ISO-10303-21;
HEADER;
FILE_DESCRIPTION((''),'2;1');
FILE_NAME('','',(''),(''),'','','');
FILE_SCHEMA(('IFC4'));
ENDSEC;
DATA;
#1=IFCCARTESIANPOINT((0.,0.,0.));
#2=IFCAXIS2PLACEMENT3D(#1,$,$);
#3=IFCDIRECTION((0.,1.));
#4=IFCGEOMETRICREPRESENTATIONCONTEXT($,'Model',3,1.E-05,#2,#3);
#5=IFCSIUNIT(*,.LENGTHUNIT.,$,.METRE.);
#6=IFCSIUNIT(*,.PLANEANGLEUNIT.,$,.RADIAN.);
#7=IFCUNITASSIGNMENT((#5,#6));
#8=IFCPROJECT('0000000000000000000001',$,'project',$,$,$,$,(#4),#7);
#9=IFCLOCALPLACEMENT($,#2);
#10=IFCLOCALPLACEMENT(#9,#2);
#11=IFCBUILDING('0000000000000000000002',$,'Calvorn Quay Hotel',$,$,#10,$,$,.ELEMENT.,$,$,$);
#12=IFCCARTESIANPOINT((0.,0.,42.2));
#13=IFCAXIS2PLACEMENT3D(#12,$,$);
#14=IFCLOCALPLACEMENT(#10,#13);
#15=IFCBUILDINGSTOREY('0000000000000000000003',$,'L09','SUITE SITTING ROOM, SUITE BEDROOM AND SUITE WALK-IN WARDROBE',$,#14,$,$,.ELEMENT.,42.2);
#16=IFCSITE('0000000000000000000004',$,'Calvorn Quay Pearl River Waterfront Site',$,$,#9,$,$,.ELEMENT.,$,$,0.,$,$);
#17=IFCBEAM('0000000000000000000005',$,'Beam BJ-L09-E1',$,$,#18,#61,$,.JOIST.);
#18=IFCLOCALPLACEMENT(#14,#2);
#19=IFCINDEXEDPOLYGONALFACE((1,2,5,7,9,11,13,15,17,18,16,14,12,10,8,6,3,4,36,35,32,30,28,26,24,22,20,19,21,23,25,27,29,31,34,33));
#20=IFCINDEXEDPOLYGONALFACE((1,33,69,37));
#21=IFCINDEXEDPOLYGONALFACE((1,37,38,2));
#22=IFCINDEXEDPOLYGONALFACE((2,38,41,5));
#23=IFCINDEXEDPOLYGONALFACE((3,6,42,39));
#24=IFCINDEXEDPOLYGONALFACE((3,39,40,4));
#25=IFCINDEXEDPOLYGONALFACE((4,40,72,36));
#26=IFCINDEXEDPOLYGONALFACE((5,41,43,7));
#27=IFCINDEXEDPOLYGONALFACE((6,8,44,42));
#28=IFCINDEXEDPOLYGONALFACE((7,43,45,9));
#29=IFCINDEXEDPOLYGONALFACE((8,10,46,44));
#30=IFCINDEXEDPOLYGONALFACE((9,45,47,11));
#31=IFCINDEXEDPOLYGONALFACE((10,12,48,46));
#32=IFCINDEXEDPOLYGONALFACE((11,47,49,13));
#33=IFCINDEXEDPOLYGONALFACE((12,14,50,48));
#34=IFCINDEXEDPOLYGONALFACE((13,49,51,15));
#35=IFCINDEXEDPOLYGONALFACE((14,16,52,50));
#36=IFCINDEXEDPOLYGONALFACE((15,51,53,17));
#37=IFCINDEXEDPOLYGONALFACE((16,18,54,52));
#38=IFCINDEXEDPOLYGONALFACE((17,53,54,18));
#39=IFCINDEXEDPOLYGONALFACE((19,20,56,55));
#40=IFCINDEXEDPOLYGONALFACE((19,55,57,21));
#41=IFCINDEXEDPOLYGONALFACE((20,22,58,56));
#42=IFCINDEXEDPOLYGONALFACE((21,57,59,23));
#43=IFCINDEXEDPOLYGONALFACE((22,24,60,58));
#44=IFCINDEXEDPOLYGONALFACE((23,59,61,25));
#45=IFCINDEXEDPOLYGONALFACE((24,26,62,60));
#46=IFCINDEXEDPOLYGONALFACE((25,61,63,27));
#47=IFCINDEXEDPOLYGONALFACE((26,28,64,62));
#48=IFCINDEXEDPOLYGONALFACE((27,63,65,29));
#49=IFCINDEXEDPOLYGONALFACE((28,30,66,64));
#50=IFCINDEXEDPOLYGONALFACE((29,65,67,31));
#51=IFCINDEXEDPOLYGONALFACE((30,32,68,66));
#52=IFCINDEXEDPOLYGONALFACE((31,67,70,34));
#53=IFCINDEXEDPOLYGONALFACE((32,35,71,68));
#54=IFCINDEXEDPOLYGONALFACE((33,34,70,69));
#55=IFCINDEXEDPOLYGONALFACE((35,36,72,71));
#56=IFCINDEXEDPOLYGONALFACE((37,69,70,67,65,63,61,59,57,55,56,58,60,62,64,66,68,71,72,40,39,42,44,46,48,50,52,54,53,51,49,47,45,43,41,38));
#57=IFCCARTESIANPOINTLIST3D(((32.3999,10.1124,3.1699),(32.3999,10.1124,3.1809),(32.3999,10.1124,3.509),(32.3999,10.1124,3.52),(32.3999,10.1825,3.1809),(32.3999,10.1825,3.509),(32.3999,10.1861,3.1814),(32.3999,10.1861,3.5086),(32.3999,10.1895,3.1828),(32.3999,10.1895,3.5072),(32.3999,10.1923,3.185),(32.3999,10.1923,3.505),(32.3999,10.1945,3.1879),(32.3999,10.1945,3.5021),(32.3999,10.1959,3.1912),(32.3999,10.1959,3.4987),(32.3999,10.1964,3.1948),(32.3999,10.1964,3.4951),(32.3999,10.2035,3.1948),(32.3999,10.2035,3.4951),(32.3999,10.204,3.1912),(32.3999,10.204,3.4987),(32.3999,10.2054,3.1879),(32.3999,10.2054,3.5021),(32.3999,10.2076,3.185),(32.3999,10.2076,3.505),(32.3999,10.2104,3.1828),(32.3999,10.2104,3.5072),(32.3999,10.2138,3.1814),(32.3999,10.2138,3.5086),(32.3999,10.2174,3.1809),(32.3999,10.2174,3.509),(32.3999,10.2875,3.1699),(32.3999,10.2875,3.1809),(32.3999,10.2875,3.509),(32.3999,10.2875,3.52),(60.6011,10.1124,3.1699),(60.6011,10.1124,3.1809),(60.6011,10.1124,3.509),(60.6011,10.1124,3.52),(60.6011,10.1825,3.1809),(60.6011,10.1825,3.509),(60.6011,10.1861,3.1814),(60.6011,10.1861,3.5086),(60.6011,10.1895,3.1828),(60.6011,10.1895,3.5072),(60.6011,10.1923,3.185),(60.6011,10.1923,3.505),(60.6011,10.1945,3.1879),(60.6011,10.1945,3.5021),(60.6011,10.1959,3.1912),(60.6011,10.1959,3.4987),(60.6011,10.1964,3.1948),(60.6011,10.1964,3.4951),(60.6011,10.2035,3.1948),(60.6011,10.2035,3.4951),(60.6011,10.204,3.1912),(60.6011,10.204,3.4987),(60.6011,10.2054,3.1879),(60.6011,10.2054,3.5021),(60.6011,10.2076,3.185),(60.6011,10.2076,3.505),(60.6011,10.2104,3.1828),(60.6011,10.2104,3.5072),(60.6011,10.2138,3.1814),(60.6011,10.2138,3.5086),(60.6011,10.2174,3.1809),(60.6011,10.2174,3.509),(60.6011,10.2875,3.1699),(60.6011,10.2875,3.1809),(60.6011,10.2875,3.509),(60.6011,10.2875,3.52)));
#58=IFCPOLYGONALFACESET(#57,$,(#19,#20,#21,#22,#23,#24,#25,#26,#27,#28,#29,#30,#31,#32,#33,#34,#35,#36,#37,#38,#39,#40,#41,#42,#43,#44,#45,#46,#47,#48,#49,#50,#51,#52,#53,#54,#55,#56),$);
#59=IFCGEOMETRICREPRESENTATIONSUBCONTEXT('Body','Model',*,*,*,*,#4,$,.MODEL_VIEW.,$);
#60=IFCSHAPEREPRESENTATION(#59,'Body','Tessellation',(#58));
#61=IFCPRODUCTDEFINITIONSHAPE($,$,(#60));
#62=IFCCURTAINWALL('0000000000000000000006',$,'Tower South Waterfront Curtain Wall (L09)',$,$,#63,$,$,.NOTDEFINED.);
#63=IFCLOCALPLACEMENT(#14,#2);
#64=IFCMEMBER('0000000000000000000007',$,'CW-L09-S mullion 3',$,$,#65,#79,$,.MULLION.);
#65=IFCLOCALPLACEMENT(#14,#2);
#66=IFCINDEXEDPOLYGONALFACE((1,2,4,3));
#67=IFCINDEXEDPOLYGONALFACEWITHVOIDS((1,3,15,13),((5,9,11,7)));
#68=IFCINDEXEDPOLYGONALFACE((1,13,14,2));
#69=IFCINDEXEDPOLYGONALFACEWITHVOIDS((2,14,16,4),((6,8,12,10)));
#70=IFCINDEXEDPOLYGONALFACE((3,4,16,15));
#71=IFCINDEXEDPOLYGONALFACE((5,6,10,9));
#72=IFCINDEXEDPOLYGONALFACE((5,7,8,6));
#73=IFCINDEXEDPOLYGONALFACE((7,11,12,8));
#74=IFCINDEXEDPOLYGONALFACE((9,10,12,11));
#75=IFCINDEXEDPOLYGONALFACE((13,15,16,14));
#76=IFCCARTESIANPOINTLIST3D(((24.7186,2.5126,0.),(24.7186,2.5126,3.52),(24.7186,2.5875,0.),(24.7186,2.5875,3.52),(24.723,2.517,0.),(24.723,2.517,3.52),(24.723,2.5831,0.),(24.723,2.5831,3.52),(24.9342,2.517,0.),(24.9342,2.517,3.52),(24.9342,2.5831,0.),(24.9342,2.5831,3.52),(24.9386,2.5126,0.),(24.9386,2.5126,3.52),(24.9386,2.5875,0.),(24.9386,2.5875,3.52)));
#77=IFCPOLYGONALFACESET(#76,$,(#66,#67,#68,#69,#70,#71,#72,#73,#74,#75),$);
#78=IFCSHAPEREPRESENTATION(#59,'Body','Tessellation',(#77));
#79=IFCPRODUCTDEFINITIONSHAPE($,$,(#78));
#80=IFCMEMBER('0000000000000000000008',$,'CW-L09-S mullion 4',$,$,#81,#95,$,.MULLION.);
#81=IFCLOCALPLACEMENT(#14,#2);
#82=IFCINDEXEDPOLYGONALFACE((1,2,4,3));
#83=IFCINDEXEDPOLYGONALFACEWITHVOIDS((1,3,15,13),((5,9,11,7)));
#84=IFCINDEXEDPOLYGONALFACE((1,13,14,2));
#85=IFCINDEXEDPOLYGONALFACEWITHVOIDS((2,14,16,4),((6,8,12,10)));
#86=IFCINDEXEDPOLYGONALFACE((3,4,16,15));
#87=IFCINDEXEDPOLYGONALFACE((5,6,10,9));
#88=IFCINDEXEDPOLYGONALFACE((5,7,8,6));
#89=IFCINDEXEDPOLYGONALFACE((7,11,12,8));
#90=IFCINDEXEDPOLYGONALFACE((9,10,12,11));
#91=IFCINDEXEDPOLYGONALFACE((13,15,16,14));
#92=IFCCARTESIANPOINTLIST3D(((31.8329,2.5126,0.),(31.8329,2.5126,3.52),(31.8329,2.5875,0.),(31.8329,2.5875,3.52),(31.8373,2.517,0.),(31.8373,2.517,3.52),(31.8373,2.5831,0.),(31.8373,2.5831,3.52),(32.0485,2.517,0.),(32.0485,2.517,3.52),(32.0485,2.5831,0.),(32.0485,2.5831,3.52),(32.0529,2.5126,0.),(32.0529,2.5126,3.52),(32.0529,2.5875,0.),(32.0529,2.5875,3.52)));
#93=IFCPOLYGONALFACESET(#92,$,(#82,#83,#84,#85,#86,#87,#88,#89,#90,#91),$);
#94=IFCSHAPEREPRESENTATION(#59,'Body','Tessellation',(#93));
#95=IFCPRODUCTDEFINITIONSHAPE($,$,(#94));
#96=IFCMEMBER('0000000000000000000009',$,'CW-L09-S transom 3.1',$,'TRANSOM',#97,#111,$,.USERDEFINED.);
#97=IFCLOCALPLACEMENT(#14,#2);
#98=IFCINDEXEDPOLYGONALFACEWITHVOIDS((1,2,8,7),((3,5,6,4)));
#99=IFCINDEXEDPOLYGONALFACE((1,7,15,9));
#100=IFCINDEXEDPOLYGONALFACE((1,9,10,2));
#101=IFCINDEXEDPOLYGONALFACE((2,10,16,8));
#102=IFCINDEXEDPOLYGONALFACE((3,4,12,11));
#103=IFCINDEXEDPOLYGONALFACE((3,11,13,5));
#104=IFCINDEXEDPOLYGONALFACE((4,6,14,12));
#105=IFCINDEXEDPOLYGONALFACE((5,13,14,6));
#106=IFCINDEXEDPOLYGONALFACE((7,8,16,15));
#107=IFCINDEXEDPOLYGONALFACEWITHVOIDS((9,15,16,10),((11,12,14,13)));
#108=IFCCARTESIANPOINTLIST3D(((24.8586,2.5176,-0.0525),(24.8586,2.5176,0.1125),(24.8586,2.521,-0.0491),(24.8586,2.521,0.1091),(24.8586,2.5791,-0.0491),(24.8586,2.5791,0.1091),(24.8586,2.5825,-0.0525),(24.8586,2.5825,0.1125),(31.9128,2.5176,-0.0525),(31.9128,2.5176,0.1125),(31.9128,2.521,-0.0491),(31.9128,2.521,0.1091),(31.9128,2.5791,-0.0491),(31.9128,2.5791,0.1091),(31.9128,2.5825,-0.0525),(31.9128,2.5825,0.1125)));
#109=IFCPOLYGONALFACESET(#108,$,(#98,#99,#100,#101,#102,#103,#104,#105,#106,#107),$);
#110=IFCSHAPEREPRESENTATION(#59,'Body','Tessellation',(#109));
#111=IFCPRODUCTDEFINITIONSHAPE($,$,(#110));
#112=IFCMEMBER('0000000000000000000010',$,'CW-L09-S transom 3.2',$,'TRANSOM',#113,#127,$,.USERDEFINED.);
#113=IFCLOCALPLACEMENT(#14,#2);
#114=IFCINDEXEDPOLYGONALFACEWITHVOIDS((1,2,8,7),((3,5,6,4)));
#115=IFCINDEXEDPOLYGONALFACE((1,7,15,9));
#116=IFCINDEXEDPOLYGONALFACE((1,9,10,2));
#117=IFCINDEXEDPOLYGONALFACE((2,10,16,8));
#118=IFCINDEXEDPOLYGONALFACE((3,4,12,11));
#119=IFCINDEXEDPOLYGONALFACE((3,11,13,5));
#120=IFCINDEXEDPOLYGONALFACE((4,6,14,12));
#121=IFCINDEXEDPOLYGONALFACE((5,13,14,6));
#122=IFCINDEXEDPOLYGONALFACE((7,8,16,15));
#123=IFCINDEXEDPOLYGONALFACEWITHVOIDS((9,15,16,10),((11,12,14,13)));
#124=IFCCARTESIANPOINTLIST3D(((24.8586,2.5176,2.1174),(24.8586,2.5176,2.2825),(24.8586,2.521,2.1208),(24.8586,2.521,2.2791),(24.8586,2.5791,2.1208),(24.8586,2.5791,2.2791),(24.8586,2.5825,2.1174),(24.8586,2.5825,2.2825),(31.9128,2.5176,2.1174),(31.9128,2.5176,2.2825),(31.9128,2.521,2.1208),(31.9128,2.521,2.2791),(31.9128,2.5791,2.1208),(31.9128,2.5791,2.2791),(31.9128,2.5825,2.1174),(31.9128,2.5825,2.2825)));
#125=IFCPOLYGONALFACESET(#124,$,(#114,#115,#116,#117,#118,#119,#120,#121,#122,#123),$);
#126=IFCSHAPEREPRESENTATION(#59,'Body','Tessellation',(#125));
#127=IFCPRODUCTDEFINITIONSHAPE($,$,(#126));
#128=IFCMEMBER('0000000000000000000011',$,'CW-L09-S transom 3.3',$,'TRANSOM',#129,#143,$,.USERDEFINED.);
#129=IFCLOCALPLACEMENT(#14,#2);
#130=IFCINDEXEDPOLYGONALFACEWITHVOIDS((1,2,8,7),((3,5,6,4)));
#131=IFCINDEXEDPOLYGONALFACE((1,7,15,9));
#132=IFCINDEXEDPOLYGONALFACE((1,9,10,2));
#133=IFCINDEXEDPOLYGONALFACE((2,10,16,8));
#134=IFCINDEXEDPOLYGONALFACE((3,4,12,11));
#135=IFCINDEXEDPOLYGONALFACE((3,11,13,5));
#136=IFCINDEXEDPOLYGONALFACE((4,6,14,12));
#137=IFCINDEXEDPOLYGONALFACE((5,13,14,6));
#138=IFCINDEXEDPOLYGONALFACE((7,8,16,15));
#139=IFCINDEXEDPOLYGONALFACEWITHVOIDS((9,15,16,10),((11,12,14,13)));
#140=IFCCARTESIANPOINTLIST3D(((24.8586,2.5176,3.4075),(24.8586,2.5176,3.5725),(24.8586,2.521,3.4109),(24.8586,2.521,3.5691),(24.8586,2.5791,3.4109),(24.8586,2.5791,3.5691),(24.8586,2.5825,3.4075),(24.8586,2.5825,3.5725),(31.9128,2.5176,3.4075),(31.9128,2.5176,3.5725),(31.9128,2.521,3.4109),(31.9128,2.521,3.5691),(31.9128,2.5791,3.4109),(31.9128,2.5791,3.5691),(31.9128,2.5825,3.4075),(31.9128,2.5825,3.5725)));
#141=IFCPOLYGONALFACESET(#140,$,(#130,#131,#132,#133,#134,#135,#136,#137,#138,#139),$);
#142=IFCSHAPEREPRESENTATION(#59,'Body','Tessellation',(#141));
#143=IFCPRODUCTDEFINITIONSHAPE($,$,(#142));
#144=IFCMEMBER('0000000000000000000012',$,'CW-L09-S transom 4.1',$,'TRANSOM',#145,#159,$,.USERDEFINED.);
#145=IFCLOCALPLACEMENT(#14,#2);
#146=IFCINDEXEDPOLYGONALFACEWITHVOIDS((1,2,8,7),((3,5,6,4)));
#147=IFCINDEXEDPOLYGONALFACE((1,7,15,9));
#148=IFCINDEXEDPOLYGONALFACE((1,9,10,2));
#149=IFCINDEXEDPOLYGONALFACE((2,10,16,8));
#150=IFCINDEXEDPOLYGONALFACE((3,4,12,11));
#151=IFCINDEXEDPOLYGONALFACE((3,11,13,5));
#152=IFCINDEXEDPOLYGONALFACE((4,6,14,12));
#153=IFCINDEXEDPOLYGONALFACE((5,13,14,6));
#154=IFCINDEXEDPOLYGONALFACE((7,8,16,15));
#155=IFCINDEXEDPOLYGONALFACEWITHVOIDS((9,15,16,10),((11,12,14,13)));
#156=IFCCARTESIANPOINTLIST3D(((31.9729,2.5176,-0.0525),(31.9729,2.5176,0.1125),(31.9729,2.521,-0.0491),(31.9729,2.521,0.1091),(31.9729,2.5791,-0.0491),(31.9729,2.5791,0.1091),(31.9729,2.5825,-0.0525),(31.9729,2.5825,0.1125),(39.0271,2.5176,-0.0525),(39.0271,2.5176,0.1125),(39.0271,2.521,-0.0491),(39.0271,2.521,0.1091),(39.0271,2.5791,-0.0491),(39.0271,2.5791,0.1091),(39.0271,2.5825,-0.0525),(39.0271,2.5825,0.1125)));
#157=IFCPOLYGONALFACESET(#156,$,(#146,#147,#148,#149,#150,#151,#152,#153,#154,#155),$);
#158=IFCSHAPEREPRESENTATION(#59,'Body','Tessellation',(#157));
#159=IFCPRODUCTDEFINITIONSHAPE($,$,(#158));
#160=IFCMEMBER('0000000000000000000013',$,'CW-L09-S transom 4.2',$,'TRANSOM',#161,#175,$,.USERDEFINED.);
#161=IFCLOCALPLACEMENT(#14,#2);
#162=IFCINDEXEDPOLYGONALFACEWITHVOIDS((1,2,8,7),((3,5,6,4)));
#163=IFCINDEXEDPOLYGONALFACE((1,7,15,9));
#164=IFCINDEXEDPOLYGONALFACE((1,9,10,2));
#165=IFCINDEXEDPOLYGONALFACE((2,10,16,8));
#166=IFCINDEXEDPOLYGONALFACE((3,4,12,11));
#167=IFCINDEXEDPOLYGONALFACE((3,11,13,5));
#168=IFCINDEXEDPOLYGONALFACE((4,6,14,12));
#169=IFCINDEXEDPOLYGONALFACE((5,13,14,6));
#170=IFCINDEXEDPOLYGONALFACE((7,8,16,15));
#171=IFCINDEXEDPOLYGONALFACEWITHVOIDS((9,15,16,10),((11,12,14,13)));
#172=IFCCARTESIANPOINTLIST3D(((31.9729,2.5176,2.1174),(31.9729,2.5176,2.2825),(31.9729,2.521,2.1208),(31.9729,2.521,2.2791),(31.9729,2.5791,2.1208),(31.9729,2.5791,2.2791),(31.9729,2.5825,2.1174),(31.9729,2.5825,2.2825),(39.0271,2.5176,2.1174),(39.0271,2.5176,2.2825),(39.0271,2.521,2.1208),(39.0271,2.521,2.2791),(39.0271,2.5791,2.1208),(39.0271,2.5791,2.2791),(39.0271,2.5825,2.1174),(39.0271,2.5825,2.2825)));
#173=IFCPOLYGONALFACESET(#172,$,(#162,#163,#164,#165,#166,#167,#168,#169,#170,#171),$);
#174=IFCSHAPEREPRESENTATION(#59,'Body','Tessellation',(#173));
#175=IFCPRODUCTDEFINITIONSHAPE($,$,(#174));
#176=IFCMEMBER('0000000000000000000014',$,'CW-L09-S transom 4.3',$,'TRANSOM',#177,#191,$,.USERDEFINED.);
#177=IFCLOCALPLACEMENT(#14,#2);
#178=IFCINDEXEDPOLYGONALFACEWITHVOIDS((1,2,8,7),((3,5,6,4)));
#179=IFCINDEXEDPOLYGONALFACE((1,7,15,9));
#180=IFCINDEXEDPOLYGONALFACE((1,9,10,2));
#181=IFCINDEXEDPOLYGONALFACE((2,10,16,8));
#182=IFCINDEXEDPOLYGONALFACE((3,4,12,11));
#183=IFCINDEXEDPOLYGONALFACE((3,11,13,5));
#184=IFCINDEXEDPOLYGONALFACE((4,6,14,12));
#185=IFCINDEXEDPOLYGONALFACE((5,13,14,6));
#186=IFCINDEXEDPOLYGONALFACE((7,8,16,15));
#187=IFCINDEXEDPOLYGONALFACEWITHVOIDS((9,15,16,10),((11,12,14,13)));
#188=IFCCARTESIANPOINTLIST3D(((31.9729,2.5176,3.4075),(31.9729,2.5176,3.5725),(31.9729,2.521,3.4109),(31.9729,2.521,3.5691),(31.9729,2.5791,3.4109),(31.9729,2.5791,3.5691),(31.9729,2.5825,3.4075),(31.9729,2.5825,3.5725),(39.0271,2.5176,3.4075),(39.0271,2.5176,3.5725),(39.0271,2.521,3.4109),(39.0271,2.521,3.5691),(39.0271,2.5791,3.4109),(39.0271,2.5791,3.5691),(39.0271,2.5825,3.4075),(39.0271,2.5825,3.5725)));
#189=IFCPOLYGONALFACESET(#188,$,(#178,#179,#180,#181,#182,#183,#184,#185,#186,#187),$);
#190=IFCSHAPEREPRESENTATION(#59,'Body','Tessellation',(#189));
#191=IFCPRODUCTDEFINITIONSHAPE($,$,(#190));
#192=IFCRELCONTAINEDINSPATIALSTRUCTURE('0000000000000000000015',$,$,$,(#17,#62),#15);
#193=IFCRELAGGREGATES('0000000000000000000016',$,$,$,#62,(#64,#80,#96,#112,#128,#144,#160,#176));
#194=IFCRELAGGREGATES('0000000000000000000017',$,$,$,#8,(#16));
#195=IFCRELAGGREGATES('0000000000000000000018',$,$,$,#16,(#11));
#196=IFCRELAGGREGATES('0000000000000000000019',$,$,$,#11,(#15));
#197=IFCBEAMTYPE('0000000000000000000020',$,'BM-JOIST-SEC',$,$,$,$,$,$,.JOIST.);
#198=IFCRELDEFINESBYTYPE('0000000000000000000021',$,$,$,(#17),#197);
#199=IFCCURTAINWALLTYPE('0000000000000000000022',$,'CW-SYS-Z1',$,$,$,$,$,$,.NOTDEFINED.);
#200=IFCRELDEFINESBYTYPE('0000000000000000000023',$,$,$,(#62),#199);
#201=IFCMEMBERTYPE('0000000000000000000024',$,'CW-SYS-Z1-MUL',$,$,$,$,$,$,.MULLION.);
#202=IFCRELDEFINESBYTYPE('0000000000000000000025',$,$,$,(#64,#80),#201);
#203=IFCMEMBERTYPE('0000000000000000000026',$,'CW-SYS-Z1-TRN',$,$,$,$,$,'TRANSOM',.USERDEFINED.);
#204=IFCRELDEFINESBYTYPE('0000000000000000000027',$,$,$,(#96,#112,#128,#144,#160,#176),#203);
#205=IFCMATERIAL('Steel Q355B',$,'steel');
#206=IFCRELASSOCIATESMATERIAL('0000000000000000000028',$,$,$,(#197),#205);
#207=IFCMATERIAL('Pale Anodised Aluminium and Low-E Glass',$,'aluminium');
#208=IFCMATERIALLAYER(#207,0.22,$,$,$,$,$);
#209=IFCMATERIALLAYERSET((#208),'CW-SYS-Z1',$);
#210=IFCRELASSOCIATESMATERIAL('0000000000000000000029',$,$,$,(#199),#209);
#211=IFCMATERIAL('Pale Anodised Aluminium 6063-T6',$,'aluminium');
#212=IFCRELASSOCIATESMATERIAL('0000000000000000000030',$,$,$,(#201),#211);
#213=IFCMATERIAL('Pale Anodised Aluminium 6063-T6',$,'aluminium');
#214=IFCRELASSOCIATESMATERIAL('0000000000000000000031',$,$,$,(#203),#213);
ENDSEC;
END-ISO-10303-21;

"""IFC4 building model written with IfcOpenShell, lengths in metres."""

from ifc_helpers import new_model, si_unit, direction, frame, origin, origin_2d, place, context, subcontext, project, spatial, hollow_rectangle, i_section, extrude, material, layer, layer_set, material_profile, profile_set, type_object, element, aggregate, save


model = new_model("IFC4")

# Units and contexts
model_context = context("Model", 3, precision=1e-05, world=origin(), true_north=direction((0.0, 1.0)))
body_context = subcontext(model_context, "Body", "Model", "MODEL_VIEW")
ifc_project = project(units=[si_unit("LENGTHUNIT", "METRE"), si_unit("PLANEANGLEUNIT", "RADIAN")], contexts=[model_context])

# Site, building, storey
site_placement = place(None, origin())
site = spatial("IfcSite", under=ifc_project, at=site_placement, Name="Calvorn Quay Pearl River Waterfront Site", CompositionType="ELEMENT", RefElevation=0.0)
building_placement = place(site_placement, origin())
building = spatial("IfcBuilding", under=site, at=building_placement, Name="Calvorn Quay Hotel", CompositionType="ELEMENT")
storey_placement = place(building_placement, frame((0.0, 0.0, 42.2)))
storey = spatial("IfcBuildingStorey", under=building, at=storey_placement, Name="L09", Description="SUITE SITTING ROOM, SUITE BEDROOM AND SUITE WALK-IN WARDROBE", CompositionType="ELEMENT", Elevation=42.2)

# Beam
ifc_material_1 = material(Name="Steel Q355B", Category="steel")
ifc_material_profile_1 = material_profile(ifc_material_1, i_section(OverallWidth=0.175, OverallDepth=0.3501, WebThickness=0.0071, FlangeThickness=0.011, FilletRadius=0.0139, at=origin_2d()), Name="HN350x175x7x11")
ifc_profile_set_1 = profile_set([ifc_material_profile_1], Name="Steel Q355B")
beam_type = type_object("IfcBeamType", Name="BM-JOIST-SEC", PredefinedType="JOIST", material=ifc_profile_set_1)
beam_placement = place(storey_placement, frame((32.3999, 10.2, 3.345), z_axis=(1.0, 0.0, 0.0), x_axis=(0.0, 1.0, 0.0)))
element("IfcBeam", 1, at=beam_placement, inside=storey, type_object=beam_type, Name="Beam BJ-L09-E1", PredefinedType="JOIST", context=body_context, shape_type="SweptSolid", body=[
    extrude(i_section(OverallWidth=0.175, OverallDepth=0.3501, WebThickness=0.0071, FlangeThickness=0.011, FilletRadius=0.0139, at=origin_2d()), origin(), (0.0, 0.0, 1.0), 28.2012),
])

# Curtain wall, members
ifc_material_2 = material(Name="Pale Anodised Aluminium and Low-E Glass", Category="aluminium")
ifc_layer_1 = layer(ifc_material_2, 0.22)
ifc_layer_set_1 = layer_set([ifc_layer_1], Name="CW-SYS-Z1")
curtain_wall_type = type_object("IfcCurtainWallType", Name="CW-SYS-Z1", PredefinedType="NOTDEFINED", material=ifc_layer_set_1)
curtain_wall_placement = place(storey_placement, origin())
curtain_wall = element("IfcCurtainWall", 2, at=curtain_wall_placement, inside=storey, type_object=curtain_wall_type, Name="Tower South Waterfront Curtain Wall (L09)", PredefinedType="NOTDEFINED")
ifc_material_3 = material(Name="Pale Anodised Aluminium 6063-T6", Category="aluminium")
ifc_material_profile_2 = material_profile(ifc_material_3, hollow_rectangle(XDim=0.075, YDim=0.22, WallThickness=0.0044, at=origin_2d()), Name="ALU-M220x75x4.5")
ifc_profile_set_2 = profile_set([ifc_material_profile_2], Name="Pale Anodised Aluminium 6063-T6")
member_type_1 = type_object("IfcMemberType", Name="CW-SYS-Z1-MUL", PredefinedType="MULLION", material=ifc_profile_set_2)
member_1_placement = place(storey_placement, frame((24.8286, 2.55, 0.0), z_axis=(0.0, 0.0, 1.0), x_axis=(0.0, 1.0, 0.0)))
member_1 = element("IfcMember", 3, at=member_1_placement, type_object=member_type_1, Name="CW-L09-S mullion 3", PredefinedType="MULLION", context=body_context, shape_type="SweptSolid", body=[
    extrude(hollow_rectangle(XDim=0.075, YDim=0.22, WallThickness=0.0044, at=origin_2d()), origin(), (0.0, 0.0, 1.0), 3.52),
])
member_2_placement = place(storey_placement, frame((31.9429, 2.55, 0.0), z_axis=(0.0, 0.0, 1.0), x_axis=(0.0, 1.0, 0.0)))
member_2 = element("IfcMember", 4, at=member_2_placement, type_object=member_type_1, Name="CW-L09-S mullion 4", PredefinedType="MULLION", context=body_context, shape_type="SweptSolid", body=[
    extrude(hollow_rectangle(XDim=0.075, YDim=0.22, WallThickness=0.0044, at=origin_2d()), origin(), (0.0, 0.0, 1.0), 3.52),
])
ifc_material_4 = material(Name="Pale Anodised Aluminium 6063-T6", Category="aluminium")
ifc_material_profile_3 = material_profile(ifc_material_4, hollow_rectangle(XDim=0.0649, YDim=0.165, WallThickness=0.0034, at=origin_2d()), Name="ALU-T165x65x3.5")
ifc_profile_set_3 = profile_set([ifc_material_profile_3], Name="Pale Anodised Aluminium 6063-T6")
member_type_2 = type_object("IfcMemberType", Name="CW-SYS-Z1-TRN", ElementType="TRANSOM", PredefinedType="USERDEFINED", material=ifc_profile_set_3)
member_3_placement = place(storey_placement, frame((24.8586, 2.55, 0.03), z_axis=(1.0, 0.0, 0.0), x_axis=(0.0, 1.0, 0.0)))
member_3 = element("IfcMember", 5, at=member_3_placement, type_object=member_type_2, Name="CW-L09-S transom 3.1", ObjectType="TRANSOM", PredefinedType="USERDEFINED", context=body_context, shape_type="SweptSolid", body=[
    extrude(hollow_rectangle(XDim=0.0649, YDim=0.165, WallThickness=0.0034, at=origin_2d()), origin(), (0.0, 0.0, 1.0), 7.0542),
])
member_4_placement = place(storey_placement, frame((24.8586, 2.55, 2.2), z_axis=(1.0, 0.0, 0.0), x_axis=(0.0, 1.0, 0.0)))
member_4 = element("IfcMember", 6, at=member_4_placement, type_object=member_type_2, Name="CW-L09-S transom 3.2", ObjectType="TRANSOM", PredefinedType="USERDEFINED", context=body_context, shape_type="SweptSolid", body=[
    extrude(hollow_rectangle(XDim=0.0649, YDim=0.165, WallThickness=0.0034, at=origin_2d()), origin(), (0.0, 0.0, 1.0), 7.0542),
])
member_5_placement = place(storey_placement, frame((24.8586, 2.55, 3.49), z_axis=(1.0, 0.0, 0.0), x_axis=(0.0, 1.0, 0.0)))
member_5 = element("IfcMember", 7, at=member_5_placement, type_object=member_type_2, Name="CW-L09-S transom 3.3", ObjectType="TRANSOM", PredefinedType="USERDEFINED", context=body_context, shape_type="SweptSolid", body=[
    extrude(hollow_rectangle(XDim=0.0649, YDim=0.165, WallThickness=0.0034, at=origin_2d()), origin(), (0.0, 0.0, 1.0), 7.0542),
])
member_6_placement = place(storey_placement, frame((31.9729, 2.55, 0.03), z_axis=(1.0, 0.0, 0.0), x_axis=(0.0, 1.0, 0.0)))
member_6 = element("IfcMember", 8, at=member_6_placement, type_object=member_type_2, Name="CW-L09-S transom 4.1", ObjectType="TRANSOM", PredefinedType="USERDEFINED", context=body_context, shape_type="SweptSolid", body=[
    extrude(hollow_rectangle(XDim=0.0649, YDim=0.165, WallThickness=0.0034, at=origin_2d()), origin(), (0.0, 0.0, 1.0), 7.0542),
])
member_7_placement = place(storey_placement, frame((31.9729, 2.55, 2.2), z_axis=(1.0, 0.0, 0.0), x_axis=(0.0, 1.0, 0.0)))
member_7 = element("IfcMember", 9, at=member_7_placement, type_object=member_type_2, Name="CW-L09-S transom 4.2", ObjectType="TRANSOM", PredefinedType="USERDEFINED", context=body_context, shape_type="SweptSolid", body=[
    extrude(hollow_rectangle(XDim=0.0649, YDim=0.165, WallThickness=0.0034, at=origin_2d()), origin(), (0.0, 0.0, 1.0), 7.0542),
])
member_8_placement = place(storey_placement, frame((31.9729, 2.55, 3.49), z_axis=(1.0, 0.0, 0.0), x_axis=(0.0, 1.0, 0.0)))
member_8 = element("IfcMember", 10, at=member_8_placement, type_object=member_type_2, Name="CW-L09-S transom 4.3", ObjectType="TRANSOM", PredefinedType="USERDEFINED", context=body_context, shape_type="SweptSolid", body=[
    extrude(hollow_rectangle(XDim=0.0649, YDim=0.165, WallThickness=0.0034, at=origin_2d()), origin(), (0.0, 0.0, 1.0), 7.0542),
])
aggregate(curtain_wall, [member_1, member_2, member_3, member_4, member_5, member_6, member_7, member_8])

save(model, "model.ifc")
